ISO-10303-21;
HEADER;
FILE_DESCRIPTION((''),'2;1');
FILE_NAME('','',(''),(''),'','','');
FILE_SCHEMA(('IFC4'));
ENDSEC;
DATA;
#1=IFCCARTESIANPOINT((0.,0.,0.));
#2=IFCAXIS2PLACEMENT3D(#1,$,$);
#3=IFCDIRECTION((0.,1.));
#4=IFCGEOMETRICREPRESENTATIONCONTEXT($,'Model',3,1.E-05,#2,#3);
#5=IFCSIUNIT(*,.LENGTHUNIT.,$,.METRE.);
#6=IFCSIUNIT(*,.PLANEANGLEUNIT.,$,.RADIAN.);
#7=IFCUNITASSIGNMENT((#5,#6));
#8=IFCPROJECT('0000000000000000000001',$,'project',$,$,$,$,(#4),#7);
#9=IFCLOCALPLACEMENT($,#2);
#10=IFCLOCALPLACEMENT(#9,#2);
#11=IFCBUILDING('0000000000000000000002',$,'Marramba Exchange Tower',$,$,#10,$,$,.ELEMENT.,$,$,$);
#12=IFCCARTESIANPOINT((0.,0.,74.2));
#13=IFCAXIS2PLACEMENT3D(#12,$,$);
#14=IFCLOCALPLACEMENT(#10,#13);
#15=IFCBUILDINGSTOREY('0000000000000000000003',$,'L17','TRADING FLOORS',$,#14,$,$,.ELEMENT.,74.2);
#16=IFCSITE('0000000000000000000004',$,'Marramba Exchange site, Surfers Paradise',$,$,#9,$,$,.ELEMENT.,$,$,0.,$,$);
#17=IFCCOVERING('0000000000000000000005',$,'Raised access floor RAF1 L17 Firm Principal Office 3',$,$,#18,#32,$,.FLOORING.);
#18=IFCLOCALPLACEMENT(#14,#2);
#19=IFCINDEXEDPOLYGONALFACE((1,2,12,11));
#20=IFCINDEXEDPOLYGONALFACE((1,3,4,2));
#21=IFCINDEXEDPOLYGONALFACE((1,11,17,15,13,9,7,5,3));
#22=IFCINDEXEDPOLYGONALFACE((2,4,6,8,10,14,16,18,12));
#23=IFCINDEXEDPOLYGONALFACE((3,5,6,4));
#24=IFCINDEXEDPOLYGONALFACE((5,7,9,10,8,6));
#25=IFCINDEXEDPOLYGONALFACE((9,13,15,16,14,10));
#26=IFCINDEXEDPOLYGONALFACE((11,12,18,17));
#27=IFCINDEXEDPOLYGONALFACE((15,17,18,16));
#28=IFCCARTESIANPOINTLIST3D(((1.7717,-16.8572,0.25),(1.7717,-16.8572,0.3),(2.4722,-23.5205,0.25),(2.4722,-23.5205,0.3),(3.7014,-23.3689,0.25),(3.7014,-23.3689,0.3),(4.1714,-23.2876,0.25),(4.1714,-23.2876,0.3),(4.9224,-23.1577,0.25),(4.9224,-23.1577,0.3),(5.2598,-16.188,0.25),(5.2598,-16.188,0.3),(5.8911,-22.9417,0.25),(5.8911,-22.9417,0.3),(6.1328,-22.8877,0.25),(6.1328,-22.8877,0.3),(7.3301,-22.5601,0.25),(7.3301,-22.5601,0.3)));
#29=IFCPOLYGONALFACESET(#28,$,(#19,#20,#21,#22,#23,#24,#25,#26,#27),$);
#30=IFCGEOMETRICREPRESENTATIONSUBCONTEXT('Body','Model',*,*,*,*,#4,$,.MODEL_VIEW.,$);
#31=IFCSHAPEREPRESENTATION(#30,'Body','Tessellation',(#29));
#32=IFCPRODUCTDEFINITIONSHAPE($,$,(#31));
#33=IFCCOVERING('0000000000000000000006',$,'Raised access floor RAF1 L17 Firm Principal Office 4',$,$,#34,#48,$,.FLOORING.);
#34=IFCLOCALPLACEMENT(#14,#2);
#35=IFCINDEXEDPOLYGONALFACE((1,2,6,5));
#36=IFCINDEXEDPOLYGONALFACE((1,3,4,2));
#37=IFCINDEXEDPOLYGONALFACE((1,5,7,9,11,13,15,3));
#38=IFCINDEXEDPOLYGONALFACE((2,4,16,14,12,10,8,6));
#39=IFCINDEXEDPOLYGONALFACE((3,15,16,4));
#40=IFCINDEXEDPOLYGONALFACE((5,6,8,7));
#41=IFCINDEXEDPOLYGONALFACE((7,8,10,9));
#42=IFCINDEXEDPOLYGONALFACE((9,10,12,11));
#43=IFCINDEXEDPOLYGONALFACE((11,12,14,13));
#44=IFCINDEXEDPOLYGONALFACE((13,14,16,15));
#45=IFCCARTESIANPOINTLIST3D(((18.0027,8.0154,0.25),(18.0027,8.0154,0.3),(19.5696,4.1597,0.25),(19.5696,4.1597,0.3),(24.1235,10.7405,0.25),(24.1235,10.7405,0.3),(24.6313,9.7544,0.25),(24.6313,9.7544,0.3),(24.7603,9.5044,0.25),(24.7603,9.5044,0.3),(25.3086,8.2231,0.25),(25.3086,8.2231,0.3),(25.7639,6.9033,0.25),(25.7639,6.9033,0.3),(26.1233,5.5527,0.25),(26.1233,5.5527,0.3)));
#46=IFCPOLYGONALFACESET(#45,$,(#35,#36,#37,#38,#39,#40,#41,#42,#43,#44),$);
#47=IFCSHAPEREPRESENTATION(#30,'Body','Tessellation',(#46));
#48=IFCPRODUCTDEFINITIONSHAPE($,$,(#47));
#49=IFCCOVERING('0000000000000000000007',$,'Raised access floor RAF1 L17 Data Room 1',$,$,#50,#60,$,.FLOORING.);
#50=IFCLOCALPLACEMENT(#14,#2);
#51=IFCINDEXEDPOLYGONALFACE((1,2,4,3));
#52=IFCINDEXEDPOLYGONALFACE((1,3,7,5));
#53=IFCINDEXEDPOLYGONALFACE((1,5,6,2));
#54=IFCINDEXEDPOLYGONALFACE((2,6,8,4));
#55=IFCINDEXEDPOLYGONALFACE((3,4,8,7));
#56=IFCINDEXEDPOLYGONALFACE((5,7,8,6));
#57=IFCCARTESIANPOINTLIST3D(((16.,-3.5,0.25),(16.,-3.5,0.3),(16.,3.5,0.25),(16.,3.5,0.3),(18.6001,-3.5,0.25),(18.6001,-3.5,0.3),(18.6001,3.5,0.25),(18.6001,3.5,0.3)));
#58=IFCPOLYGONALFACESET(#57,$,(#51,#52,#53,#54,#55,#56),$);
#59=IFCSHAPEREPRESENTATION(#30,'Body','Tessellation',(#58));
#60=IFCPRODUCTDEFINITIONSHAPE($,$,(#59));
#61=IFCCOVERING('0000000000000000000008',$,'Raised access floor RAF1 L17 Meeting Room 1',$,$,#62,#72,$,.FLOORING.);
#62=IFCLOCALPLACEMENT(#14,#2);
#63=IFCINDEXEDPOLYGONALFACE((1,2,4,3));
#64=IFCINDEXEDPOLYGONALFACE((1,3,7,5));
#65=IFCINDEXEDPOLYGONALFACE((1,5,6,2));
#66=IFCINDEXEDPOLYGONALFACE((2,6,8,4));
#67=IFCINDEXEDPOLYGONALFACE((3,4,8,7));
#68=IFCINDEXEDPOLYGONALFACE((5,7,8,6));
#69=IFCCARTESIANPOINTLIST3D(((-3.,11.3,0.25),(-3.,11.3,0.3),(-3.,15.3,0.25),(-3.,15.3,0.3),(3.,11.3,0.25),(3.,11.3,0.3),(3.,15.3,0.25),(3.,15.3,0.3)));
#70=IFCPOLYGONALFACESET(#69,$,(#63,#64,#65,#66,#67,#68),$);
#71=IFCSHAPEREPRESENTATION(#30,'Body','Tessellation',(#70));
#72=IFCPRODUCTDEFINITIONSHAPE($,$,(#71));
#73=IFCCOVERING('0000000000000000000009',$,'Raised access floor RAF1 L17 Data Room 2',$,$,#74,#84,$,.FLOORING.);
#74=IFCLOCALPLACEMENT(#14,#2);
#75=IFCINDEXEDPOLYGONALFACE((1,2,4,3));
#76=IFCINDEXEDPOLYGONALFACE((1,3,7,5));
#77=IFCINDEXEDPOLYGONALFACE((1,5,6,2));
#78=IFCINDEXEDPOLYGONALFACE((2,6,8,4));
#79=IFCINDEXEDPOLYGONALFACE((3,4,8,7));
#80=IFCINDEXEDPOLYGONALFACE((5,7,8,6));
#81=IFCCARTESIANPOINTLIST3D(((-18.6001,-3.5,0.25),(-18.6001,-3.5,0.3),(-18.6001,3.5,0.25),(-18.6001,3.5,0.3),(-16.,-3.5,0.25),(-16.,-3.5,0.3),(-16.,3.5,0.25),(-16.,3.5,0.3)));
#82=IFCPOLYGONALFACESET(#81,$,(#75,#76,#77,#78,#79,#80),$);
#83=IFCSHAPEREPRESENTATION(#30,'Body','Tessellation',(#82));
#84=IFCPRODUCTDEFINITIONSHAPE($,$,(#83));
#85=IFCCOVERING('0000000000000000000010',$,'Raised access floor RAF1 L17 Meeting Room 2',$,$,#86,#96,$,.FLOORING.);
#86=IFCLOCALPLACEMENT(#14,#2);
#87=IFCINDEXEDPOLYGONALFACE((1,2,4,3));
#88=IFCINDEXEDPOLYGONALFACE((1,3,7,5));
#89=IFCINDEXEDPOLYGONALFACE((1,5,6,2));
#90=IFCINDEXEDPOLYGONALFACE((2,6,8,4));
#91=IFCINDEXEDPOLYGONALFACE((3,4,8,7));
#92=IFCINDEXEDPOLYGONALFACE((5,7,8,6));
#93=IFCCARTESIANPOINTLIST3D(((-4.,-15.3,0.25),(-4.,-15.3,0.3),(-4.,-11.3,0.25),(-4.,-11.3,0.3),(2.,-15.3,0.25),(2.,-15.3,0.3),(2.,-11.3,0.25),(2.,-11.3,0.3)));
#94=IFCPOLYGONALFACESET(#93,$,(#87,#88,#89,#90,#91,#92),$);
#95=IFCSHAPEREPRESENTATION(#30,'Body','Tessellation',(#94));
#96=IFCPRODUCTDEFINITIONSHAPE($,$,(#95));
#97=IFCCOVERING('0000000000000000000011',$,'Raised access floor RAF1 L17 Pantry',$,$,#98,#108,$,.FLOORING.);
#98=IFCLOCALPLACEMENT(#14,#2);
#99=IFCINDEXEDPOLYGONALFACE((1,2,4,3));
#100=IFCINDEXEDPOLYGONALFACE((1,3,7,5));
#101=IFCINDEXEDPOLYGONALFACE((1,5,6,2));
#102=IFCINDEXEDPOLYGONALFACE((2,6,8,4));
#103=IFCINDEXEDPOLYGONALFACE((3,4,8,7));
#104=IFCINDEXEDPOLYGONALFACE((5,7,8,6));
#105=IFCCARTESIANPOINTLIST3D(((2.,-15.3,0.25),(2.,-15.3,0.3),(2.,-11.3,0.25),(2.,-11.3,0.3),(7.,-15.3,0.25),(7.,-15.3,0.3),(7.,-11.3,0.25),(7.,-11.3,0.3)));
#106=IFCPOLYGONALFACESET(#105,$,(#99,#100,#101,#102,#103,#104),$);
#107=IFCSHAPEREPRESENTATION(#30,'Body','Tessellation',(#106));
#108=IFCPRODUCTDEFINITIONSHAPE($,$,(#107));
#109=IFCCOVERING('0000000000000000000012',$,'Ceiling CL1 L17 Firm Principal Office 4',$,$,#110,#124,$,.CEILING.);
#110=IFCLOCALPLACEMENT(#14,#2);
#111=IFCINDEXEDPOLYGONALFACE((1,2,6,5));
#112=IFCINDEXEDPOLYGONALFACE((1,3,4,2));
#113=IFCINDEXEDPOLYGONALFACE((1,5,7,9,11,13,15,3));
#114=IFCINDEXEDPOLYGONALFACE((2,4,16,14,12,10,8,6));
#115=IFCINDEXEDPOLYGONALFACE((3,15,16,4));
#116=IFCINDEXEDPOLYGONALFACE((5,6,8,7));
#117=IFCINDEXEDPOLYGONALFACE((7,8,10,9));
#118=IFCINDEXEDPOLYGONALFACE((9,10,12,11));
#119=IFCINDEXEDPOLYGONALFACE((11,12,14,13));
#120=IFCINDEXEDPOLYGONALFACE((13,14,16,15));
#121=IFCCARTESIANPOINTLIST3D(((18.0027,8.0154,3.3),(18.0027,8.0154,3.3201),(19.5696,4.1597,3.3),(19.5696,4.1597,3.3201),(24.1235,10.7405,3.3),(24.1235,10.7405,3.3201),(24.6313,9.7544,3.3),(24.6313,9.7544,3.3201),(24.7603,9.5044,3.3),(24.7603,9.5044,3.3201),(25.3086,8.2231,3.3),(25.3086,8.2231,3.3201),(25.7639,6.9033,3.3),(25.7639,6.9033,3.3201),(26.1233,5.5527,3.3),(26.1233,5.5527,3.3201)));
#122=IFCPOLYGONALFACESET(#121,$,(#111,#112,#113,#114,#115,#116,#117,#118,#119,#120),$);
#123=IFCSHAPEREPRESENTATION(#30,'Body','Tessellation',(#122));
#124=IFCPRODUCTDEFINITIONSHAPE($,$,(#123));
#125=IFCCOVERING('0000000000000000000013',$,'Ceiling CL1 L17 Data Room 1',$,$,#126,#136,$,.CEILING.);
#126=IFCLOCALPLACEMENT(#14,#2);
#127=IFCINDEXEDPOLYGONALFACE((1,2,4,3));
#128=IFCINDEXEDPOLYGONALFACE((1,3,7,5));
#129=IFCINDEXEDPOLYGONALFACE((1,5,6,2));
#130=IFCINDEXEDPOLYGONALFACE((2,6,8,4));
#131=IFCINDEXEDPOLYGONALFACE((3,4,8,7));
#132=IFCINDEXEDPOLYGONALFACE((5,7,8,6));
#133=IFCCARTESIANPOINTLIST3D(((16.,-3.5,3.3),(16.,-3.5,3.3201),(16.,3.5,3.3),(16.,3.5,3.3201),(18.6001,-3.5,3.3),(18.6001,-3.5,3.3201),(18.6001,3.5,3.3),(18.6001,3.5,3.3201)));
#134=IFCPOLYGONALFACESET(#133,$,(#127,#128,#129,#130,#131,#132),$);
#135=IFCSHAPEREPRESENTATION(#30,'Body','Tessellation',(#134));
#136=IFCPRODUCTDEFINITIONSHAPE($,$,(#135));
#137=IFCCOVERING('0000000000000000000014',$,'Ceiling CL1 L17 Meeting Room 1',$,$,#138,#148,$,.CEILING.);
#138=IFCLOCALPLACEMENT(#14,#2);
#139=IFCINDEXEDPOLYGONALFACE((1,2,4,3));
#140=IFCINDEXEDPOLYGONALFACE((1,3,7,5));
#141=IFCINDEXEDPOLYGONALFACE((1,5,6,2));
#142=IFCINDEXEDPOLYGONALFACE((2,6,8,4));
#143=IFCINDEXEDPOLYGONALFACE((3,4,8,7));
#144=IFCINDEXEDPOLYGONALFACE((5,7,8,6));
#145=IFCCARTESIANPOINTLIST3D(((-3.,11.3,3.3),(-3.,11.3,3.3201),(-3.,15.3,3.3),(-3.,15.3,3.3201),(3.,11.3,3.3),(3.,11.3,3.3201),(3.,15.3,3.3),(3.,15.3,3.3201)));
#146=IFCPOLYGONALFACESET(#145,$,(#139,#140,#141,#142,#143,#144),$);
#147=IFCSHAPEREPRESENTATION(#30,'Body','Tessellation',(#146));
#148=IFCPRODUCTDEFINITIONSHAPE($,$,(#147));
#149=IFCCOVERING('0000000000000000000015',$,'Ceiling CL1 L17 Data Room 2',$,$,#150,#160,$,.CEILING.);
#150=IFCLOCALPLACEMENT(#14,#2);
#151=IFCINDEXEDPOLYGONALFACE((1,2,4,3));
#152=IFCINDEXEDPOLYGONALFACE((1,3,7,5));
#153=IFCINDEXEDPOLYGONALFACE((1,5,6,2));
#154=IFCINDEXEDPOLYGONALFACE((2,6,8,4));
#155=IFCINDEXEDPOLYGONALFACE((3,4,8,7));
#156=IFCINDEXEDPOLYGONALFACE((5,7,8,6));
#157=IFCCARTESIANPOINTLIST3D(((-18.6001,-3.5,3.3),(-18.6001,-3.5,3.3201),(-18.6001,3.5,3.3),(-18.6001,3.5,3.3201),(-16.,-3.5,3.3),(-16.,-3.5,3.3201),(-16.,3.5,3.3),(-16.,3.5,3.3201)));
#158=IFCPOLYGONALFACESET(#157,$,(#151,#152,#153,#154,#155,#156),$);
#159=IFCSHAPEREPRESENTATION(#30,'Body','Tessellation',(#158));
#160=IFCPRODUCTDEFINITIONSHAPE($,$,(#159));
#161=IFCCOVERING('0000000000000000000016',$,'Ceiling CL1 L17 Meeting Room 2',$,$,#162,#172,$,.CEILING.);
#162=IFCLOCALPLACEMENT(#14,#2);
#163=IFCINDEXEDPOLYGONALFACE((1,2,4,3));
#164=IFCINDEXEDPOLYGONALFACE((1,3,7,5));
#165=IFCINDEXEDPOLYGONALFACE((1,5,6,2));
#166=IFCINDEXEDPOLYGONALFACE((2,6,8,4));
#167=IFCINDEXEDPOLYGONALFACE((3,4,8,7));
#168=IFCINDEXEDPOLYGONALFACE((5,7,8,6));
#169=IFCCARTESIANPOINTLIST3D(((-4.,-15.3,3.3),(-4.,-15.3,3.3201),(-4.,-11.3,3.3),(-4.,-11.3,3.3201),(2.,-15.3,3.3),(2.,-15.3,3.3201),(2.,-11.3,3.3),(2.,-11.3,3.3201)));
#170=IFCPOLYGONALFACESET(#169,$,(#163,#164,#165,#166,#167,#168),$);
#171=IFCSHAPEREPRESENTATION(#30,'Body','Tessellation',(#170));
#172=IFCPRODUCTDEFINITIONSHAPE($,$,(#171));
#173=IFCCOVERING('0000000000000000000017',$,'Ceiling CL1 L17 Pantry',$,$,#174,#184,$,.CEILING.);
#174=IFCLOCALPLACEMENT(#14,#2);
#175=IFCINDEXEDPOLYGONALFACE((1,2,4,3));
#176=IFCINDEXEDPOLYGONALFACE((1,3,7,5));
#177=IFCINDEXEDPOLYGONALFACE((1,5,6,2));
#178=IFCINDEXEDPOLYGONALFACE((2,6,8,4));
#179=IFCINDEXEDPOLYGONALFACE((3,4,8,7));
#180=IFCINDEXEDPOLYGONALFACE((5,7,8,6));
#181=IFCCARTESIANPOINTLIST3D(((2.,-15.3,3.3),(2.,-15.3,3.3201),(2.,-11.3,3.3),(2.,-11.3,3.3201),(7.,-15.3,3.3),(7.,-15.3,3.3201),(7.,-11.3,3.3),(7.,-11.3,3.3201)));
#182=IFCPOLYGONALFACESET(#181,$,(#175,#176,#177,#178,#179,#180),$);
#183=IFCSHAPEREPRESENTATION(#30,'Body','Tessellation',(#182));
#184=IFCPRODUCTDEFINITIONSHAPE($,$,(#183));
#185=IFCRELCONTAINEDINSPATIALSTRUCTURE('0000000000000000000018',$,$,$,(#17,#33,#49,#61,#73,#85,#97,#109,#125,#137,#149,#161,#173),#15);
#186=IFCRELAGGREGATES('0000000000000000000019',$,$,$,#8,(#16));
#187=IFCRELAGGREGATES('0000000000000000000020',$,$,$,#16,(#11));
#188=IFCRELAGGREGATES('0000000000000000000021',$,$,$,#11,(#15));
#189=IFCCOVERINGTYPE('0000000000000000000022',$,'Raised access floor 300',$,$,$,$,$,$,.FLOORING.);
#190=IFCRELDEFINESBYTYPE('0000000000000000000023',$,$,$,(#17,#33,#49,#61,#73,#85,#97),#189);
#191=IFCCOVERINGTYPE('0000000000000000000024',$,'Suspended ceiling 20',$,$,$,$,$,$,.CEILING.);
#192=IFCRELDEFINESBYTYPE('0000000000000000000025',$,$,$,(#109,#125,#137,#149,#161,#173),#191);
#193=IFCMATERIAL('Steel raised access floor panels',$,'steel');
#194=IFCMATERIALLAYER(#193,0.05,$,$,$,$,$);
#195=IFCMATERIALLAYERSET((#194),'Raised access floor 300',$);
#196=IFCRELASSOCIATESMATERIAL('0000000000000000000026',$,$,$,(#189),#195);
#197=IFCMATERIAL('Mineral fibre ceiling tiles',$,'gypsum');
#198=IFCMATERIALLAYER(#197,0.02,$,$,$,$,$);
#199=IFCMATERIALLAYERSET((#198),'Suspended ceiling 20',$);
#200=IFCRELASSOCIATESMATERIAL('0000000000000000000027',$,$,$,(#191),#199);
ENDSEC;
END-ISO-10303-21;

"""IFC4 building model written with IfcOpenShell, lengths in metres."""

from ifc_helpers import new_model, si_unit, direction, frame, origin, place, context, subcontext, project, spatial, polyline, outline, extrude, material, layer, layer_set, type_object, element, save


model = new_model("IFC4")

# Units and contexts
model_context = context("Model", 3, precision=1e-05, world=origin(), true_north=direction((0.0, 1.0)))
body_context = subcontext(model_context, "Body", "Model", "MODEL_VIEW")
ifc_project = project(units=[si_unit("LENGTHUNIT", "METRE"), si_unit("PLANEANGLEUNIT", "RADIAN")], contexts=[model_context])

# Site, building, storey
site_placement = place(None, origin())
site = spatial("IfcSite", under=ifc_project, at=site_placement, Name="Marramba Exchange site, Surfers Paradise", CompositionType="ELEMENT", RefElevation=0.0)
building_placement = place(site_placement, origin())
building = spatial("IfcBuilding", under=site, at=building_placement, Name="Marramba Exchange Tower", CompositionType="ELEMENT")
storey_placement = place(building_placement, frame((0.0, 0.0, 74.2)))
storey = spatial("IfcBuildingStorey", under=building, at=storey_placement, Name="L17", Description="TRADING FLOORS", CompositionType="ELEMENT", Elevation=74.2)

# Coverings
ifc_material_1 = material(Name="Steel raised access floor panels", Category="steel")
ifc_layer_1 = layer(ifc_material_1, 0.05)
ifc_layer_set_1 = layer_set([ifc_layer_1], Name="Raised access floor 300")
covering_type_1 = type_object("IfcCoveringType", Name="Raised access floor 300", PredefinedType="FLOORING", material=ifc_layer_set_1)
covering_1_placement = place(storey_placement, frame((0.0, 0.0, 0.25)))
element("IfcCovering", 1, at=covering_1_placement, inside=storey, type_object=covering_type_1, Name="Raised access floor RAF1 L17 Firm Principal Office 3", PredefinedType="FLOORING", context=body_context, shape_type="SweptSolid", body=[
    extrude(outline(polyline([(6.1328, -22.8877), (5.8911, -22.9417), (4.9224, -23.1577), (4.1714, -23.2876), (3.7014, -23.3689), (2.4722, -23.5205), (1.7717, -16.8572), (5.2598, -16.188), (7.3301, -22.5601), (6.1328, -22.8877)])), origin(), (0.0, 0.0, 1.0), 0.05),
])
covering_2_placement = place(storey_placement, frame((0.0, 0.0, 0.25)))
element("IfcCovering", 2, at=covering_2_placement, inside=storey, type_object=covering_type_1, Name="Raised access floor RAF1 L17 Firm Principal Office 4", PredefinedType="FLOORING", context=body_context, shape_type="SweptSolid", body=[
    extrude(outline(polyline([(24.6313, 9.7544), (24.7603, 9.5044), (25.3086, 8.2231), (25.7639, 6.9033), (26.1233, 5.5527), (19.5696, 4.1597), (18.0027, 8.0154), (24.1235, 10.7405), (24.6313, 9.7544)])), origin(), (0.0, 0.0, 1.0), 0.05),
])
covering_3_placement = place(storey_placement, frame((0.0, 0.0, 0.25)))
element("IfcCovering", 3, at=covering_3_placement, inside=storey, type_object=covering_type_1, Name="Raised access floor RAF1 L17 Data Room 1", PredefinedType="FLOORING", context=body_context, shape_type="SweptSolid", body=[
    extrude(outline(polyline([(18.6001, -3.5), (16.0, -3.5), (16.0, 3.5), (18.6001, 3.5), (18.6001, -3.5)])), origin(), (0.0, 0.0, 1.0), 0.05),
])
covering_4_placement = place(storey_placement, frame((0.0, 0.0, 0.25)))
element("IfcCovering", 4, at=covering_4_placement, inside=storey, type_object=covering_type_1, Name="Raised access floor RAF1 L17 Meeting Room 1", PredefinedType="FLOORING", context=body_context, shape_type="SweptSolid", body=[
    extrude(outline(polyline([(3.0, 11.3), (-3.0, 11.3), (-3.0, 15.3), (3.0, 15.3), (3.0, 11.3)])), origin(), (0.0, 0.0, 1.0), 0.05),
])
covering_5_placement = place(storey_placement, frame((0.0, 0.0, 0.25)))
element("IfcCovering", 5, at=covering_5_placement, inside=storey, type_object=covering_type_1, Name="Raised access floor RAF1 L17 Data Room 2", PredefinedType="FLOORING", context=body_context, shape_type="SweptSolid", body=[
    extrude(outline(polyline([(-16.0, -3.5), (-18.6001, -3.5), (-18.6001, 3.5), (-16.0, 3.5), (-16.0, -3.5)])), origin(), (0.0, 0.0, 1.0), 0.05),
])
covering_6_placement = place(storey_placement, frame((0.0, 0.0, 0.25)))
element("IfcCovering", 6, at=covering_6_placement, inside=storey, type_object=covering_type_1, Name="Raised access floor RAF1 L17 Meeting Room 2", PredefinedType="FLOORING", context=body_context, shape_type="SweptSolid", body=[
    extrude(outline(polyline([(2.0, -15.3), (-4.0, -15.3), (-4.0, -11.3), (2.0, -11.3), (2.0, -15.3)])), origin(), (0.0, 0.0, 1.0), 0.05),
])
covering_7_placement = place(storey_placement, frame((0.0, 0.0, 0.25)))
element("IfcCovering", 7, at=covering_7_placement, inside=storey, type_object=covering_type_1, Name="Raised access floor RAF1 L17 Pantry", PredefinedType="FLOORING", context=body_context, shape_type="SweptSolid", body=[
    extrude(outline(polyline([(7.0, -15.3), (2.0, -15.3), (2.0, -11.3), (7.0, -11.3), (7.0, -15.3)])), origin(), (0.0, 0.0, 1.0), 0.05),
])
ifc_material_2 = material(Name="Mineral fibre ceiling tiles", Category="gypsum")
ifc_layer_2 = layer(ifc_material_2, 0.02)
ifc_layer_set_2 = layer_set([ifc_layer_2], Name="Suspended ceiling 20")
covering_type_2 = type_object("IfcCoveringType", Name="Suspended ceiling 20", PredefinedType="CEILING", material=ifc_layer_set_2)
covering_8_placement = place(storey_placement, frame((0.0, 0.0, 3.3)))
element("IfcCovering", 8, at=covering_8_placement, inside=storey, type_object=covering_type_2, Name="Ceiling CL1 L17 Firm Principal Office 4", PredefinedType="CEILING", context=body_context, shape_type="SweptSolid", body=[
    extrude(outline(polyline([(24.6313, 9.7544), (24.7603, 9.5044), (25.3086, 8.2231), (25.7639, 6.9033), (26.1233, 5.5527), (19.5696, 4.1597), (18.0027, 8.0154), (24.1235, 10.7405), (24.6313, 9.7544)])), origin(), (0.0, 0.0, 1.0), 0.02),
])
covering_9_placement = place(storey_placement, frame((0.0, 0.0, 3.3)))
element("IfcCovering", 9, at=covering_9_placement, inside=storey, type_object=covering_type_2, Name="Ceiling CL1 L17 Data Room 1", PredefinedType="CEILING", context=body_context, shape_type="SweptSolid", body=[
    extrude(outline(polyline([(18.6001, -3.5), (16.0, -3.5), (16.0, 3.5), (18.6001, 3.5), (18.6001, -3.5)])), origin(), (0.0, 0.0, 1.0), 0.02),
])
covering_10_placement = place(storey_placement, frame((0.0, 0.0, 3.3)))
element("IfcCovering", 10, at=covering_10_placement, inside=storey, type_object=covering_type_2, Name="Ceiling CL1 L17 Meeting Room 1", PredefinedType="CEILING", context=body_context, shape_type="SweptSolid", body=[
    extrude(outline(polyline([(3.0, 11.3), (-3.0, 11.3), (-3.0, 15.3), (3.0, 15.3), (3.0, 11.3)])), origin(), (0.0, 0.0, 1.0), 0.02),
])
covering_11_placement = place(storey_placement, frame((0.0, 0.0, 3.3)))
element("IfcCovering", 11, at=covering_11_placement, inside=storey, type_object=covering_type_2, Name="Ceiling CL1 L17 Data Room 2", PredefinedType="CEILING", context=body_context, shape_type="SweptSolid", body=[
    extrude(outline(polyline([(-16.0, -3.5), (-18.6001, -3.5), (-18.6001, 3.5), (-16.0, 3.5), (-16.0, -3.5)])), origin(), (0.0, 0.0, 1.0), 0.02),
])
covering_12_placement = place(storey_placement, frame((0.0, 0.0, 3.3)))
element("IfcCovering", 12, at=covering_12_placement, inside=storey, type_object=covering_type_2, Name="Ceiling CL1 L17 Meeting Room 2", PredefinedType="CEILING", context=body_context, shape_type="SweptSolid", body=[
    extrude(outline(polyline([(2.0, -15.3), (-4.0, -15.3), (-4.0, -11.3), (2.0, -11.3), (2.0, -15.3)])), origin(), (0.0, 0.0, 1.0), 0.02),
])
covering_13_placement = place(storey_placement, frame((0.0, 0.0, 3.3)))
element("IfcCovering", 13, at=covering_13_placement, inside=storey, type_object=covering_type_2, Name="Ceiling CL1 L17 Pantry", PredefinedType="CEILING", context=body_context, shape_type="SweptSolid", body=[
    extrude(outline(polyline([(7.0, -15.3), (2.0, -15.3), (2.0, -11.3), (7.0, -11.3), (7.0, -15.3)])), origin(), (0.0, 0.0, 1.0), 0.02),
])

save(model, "model.ifc")
